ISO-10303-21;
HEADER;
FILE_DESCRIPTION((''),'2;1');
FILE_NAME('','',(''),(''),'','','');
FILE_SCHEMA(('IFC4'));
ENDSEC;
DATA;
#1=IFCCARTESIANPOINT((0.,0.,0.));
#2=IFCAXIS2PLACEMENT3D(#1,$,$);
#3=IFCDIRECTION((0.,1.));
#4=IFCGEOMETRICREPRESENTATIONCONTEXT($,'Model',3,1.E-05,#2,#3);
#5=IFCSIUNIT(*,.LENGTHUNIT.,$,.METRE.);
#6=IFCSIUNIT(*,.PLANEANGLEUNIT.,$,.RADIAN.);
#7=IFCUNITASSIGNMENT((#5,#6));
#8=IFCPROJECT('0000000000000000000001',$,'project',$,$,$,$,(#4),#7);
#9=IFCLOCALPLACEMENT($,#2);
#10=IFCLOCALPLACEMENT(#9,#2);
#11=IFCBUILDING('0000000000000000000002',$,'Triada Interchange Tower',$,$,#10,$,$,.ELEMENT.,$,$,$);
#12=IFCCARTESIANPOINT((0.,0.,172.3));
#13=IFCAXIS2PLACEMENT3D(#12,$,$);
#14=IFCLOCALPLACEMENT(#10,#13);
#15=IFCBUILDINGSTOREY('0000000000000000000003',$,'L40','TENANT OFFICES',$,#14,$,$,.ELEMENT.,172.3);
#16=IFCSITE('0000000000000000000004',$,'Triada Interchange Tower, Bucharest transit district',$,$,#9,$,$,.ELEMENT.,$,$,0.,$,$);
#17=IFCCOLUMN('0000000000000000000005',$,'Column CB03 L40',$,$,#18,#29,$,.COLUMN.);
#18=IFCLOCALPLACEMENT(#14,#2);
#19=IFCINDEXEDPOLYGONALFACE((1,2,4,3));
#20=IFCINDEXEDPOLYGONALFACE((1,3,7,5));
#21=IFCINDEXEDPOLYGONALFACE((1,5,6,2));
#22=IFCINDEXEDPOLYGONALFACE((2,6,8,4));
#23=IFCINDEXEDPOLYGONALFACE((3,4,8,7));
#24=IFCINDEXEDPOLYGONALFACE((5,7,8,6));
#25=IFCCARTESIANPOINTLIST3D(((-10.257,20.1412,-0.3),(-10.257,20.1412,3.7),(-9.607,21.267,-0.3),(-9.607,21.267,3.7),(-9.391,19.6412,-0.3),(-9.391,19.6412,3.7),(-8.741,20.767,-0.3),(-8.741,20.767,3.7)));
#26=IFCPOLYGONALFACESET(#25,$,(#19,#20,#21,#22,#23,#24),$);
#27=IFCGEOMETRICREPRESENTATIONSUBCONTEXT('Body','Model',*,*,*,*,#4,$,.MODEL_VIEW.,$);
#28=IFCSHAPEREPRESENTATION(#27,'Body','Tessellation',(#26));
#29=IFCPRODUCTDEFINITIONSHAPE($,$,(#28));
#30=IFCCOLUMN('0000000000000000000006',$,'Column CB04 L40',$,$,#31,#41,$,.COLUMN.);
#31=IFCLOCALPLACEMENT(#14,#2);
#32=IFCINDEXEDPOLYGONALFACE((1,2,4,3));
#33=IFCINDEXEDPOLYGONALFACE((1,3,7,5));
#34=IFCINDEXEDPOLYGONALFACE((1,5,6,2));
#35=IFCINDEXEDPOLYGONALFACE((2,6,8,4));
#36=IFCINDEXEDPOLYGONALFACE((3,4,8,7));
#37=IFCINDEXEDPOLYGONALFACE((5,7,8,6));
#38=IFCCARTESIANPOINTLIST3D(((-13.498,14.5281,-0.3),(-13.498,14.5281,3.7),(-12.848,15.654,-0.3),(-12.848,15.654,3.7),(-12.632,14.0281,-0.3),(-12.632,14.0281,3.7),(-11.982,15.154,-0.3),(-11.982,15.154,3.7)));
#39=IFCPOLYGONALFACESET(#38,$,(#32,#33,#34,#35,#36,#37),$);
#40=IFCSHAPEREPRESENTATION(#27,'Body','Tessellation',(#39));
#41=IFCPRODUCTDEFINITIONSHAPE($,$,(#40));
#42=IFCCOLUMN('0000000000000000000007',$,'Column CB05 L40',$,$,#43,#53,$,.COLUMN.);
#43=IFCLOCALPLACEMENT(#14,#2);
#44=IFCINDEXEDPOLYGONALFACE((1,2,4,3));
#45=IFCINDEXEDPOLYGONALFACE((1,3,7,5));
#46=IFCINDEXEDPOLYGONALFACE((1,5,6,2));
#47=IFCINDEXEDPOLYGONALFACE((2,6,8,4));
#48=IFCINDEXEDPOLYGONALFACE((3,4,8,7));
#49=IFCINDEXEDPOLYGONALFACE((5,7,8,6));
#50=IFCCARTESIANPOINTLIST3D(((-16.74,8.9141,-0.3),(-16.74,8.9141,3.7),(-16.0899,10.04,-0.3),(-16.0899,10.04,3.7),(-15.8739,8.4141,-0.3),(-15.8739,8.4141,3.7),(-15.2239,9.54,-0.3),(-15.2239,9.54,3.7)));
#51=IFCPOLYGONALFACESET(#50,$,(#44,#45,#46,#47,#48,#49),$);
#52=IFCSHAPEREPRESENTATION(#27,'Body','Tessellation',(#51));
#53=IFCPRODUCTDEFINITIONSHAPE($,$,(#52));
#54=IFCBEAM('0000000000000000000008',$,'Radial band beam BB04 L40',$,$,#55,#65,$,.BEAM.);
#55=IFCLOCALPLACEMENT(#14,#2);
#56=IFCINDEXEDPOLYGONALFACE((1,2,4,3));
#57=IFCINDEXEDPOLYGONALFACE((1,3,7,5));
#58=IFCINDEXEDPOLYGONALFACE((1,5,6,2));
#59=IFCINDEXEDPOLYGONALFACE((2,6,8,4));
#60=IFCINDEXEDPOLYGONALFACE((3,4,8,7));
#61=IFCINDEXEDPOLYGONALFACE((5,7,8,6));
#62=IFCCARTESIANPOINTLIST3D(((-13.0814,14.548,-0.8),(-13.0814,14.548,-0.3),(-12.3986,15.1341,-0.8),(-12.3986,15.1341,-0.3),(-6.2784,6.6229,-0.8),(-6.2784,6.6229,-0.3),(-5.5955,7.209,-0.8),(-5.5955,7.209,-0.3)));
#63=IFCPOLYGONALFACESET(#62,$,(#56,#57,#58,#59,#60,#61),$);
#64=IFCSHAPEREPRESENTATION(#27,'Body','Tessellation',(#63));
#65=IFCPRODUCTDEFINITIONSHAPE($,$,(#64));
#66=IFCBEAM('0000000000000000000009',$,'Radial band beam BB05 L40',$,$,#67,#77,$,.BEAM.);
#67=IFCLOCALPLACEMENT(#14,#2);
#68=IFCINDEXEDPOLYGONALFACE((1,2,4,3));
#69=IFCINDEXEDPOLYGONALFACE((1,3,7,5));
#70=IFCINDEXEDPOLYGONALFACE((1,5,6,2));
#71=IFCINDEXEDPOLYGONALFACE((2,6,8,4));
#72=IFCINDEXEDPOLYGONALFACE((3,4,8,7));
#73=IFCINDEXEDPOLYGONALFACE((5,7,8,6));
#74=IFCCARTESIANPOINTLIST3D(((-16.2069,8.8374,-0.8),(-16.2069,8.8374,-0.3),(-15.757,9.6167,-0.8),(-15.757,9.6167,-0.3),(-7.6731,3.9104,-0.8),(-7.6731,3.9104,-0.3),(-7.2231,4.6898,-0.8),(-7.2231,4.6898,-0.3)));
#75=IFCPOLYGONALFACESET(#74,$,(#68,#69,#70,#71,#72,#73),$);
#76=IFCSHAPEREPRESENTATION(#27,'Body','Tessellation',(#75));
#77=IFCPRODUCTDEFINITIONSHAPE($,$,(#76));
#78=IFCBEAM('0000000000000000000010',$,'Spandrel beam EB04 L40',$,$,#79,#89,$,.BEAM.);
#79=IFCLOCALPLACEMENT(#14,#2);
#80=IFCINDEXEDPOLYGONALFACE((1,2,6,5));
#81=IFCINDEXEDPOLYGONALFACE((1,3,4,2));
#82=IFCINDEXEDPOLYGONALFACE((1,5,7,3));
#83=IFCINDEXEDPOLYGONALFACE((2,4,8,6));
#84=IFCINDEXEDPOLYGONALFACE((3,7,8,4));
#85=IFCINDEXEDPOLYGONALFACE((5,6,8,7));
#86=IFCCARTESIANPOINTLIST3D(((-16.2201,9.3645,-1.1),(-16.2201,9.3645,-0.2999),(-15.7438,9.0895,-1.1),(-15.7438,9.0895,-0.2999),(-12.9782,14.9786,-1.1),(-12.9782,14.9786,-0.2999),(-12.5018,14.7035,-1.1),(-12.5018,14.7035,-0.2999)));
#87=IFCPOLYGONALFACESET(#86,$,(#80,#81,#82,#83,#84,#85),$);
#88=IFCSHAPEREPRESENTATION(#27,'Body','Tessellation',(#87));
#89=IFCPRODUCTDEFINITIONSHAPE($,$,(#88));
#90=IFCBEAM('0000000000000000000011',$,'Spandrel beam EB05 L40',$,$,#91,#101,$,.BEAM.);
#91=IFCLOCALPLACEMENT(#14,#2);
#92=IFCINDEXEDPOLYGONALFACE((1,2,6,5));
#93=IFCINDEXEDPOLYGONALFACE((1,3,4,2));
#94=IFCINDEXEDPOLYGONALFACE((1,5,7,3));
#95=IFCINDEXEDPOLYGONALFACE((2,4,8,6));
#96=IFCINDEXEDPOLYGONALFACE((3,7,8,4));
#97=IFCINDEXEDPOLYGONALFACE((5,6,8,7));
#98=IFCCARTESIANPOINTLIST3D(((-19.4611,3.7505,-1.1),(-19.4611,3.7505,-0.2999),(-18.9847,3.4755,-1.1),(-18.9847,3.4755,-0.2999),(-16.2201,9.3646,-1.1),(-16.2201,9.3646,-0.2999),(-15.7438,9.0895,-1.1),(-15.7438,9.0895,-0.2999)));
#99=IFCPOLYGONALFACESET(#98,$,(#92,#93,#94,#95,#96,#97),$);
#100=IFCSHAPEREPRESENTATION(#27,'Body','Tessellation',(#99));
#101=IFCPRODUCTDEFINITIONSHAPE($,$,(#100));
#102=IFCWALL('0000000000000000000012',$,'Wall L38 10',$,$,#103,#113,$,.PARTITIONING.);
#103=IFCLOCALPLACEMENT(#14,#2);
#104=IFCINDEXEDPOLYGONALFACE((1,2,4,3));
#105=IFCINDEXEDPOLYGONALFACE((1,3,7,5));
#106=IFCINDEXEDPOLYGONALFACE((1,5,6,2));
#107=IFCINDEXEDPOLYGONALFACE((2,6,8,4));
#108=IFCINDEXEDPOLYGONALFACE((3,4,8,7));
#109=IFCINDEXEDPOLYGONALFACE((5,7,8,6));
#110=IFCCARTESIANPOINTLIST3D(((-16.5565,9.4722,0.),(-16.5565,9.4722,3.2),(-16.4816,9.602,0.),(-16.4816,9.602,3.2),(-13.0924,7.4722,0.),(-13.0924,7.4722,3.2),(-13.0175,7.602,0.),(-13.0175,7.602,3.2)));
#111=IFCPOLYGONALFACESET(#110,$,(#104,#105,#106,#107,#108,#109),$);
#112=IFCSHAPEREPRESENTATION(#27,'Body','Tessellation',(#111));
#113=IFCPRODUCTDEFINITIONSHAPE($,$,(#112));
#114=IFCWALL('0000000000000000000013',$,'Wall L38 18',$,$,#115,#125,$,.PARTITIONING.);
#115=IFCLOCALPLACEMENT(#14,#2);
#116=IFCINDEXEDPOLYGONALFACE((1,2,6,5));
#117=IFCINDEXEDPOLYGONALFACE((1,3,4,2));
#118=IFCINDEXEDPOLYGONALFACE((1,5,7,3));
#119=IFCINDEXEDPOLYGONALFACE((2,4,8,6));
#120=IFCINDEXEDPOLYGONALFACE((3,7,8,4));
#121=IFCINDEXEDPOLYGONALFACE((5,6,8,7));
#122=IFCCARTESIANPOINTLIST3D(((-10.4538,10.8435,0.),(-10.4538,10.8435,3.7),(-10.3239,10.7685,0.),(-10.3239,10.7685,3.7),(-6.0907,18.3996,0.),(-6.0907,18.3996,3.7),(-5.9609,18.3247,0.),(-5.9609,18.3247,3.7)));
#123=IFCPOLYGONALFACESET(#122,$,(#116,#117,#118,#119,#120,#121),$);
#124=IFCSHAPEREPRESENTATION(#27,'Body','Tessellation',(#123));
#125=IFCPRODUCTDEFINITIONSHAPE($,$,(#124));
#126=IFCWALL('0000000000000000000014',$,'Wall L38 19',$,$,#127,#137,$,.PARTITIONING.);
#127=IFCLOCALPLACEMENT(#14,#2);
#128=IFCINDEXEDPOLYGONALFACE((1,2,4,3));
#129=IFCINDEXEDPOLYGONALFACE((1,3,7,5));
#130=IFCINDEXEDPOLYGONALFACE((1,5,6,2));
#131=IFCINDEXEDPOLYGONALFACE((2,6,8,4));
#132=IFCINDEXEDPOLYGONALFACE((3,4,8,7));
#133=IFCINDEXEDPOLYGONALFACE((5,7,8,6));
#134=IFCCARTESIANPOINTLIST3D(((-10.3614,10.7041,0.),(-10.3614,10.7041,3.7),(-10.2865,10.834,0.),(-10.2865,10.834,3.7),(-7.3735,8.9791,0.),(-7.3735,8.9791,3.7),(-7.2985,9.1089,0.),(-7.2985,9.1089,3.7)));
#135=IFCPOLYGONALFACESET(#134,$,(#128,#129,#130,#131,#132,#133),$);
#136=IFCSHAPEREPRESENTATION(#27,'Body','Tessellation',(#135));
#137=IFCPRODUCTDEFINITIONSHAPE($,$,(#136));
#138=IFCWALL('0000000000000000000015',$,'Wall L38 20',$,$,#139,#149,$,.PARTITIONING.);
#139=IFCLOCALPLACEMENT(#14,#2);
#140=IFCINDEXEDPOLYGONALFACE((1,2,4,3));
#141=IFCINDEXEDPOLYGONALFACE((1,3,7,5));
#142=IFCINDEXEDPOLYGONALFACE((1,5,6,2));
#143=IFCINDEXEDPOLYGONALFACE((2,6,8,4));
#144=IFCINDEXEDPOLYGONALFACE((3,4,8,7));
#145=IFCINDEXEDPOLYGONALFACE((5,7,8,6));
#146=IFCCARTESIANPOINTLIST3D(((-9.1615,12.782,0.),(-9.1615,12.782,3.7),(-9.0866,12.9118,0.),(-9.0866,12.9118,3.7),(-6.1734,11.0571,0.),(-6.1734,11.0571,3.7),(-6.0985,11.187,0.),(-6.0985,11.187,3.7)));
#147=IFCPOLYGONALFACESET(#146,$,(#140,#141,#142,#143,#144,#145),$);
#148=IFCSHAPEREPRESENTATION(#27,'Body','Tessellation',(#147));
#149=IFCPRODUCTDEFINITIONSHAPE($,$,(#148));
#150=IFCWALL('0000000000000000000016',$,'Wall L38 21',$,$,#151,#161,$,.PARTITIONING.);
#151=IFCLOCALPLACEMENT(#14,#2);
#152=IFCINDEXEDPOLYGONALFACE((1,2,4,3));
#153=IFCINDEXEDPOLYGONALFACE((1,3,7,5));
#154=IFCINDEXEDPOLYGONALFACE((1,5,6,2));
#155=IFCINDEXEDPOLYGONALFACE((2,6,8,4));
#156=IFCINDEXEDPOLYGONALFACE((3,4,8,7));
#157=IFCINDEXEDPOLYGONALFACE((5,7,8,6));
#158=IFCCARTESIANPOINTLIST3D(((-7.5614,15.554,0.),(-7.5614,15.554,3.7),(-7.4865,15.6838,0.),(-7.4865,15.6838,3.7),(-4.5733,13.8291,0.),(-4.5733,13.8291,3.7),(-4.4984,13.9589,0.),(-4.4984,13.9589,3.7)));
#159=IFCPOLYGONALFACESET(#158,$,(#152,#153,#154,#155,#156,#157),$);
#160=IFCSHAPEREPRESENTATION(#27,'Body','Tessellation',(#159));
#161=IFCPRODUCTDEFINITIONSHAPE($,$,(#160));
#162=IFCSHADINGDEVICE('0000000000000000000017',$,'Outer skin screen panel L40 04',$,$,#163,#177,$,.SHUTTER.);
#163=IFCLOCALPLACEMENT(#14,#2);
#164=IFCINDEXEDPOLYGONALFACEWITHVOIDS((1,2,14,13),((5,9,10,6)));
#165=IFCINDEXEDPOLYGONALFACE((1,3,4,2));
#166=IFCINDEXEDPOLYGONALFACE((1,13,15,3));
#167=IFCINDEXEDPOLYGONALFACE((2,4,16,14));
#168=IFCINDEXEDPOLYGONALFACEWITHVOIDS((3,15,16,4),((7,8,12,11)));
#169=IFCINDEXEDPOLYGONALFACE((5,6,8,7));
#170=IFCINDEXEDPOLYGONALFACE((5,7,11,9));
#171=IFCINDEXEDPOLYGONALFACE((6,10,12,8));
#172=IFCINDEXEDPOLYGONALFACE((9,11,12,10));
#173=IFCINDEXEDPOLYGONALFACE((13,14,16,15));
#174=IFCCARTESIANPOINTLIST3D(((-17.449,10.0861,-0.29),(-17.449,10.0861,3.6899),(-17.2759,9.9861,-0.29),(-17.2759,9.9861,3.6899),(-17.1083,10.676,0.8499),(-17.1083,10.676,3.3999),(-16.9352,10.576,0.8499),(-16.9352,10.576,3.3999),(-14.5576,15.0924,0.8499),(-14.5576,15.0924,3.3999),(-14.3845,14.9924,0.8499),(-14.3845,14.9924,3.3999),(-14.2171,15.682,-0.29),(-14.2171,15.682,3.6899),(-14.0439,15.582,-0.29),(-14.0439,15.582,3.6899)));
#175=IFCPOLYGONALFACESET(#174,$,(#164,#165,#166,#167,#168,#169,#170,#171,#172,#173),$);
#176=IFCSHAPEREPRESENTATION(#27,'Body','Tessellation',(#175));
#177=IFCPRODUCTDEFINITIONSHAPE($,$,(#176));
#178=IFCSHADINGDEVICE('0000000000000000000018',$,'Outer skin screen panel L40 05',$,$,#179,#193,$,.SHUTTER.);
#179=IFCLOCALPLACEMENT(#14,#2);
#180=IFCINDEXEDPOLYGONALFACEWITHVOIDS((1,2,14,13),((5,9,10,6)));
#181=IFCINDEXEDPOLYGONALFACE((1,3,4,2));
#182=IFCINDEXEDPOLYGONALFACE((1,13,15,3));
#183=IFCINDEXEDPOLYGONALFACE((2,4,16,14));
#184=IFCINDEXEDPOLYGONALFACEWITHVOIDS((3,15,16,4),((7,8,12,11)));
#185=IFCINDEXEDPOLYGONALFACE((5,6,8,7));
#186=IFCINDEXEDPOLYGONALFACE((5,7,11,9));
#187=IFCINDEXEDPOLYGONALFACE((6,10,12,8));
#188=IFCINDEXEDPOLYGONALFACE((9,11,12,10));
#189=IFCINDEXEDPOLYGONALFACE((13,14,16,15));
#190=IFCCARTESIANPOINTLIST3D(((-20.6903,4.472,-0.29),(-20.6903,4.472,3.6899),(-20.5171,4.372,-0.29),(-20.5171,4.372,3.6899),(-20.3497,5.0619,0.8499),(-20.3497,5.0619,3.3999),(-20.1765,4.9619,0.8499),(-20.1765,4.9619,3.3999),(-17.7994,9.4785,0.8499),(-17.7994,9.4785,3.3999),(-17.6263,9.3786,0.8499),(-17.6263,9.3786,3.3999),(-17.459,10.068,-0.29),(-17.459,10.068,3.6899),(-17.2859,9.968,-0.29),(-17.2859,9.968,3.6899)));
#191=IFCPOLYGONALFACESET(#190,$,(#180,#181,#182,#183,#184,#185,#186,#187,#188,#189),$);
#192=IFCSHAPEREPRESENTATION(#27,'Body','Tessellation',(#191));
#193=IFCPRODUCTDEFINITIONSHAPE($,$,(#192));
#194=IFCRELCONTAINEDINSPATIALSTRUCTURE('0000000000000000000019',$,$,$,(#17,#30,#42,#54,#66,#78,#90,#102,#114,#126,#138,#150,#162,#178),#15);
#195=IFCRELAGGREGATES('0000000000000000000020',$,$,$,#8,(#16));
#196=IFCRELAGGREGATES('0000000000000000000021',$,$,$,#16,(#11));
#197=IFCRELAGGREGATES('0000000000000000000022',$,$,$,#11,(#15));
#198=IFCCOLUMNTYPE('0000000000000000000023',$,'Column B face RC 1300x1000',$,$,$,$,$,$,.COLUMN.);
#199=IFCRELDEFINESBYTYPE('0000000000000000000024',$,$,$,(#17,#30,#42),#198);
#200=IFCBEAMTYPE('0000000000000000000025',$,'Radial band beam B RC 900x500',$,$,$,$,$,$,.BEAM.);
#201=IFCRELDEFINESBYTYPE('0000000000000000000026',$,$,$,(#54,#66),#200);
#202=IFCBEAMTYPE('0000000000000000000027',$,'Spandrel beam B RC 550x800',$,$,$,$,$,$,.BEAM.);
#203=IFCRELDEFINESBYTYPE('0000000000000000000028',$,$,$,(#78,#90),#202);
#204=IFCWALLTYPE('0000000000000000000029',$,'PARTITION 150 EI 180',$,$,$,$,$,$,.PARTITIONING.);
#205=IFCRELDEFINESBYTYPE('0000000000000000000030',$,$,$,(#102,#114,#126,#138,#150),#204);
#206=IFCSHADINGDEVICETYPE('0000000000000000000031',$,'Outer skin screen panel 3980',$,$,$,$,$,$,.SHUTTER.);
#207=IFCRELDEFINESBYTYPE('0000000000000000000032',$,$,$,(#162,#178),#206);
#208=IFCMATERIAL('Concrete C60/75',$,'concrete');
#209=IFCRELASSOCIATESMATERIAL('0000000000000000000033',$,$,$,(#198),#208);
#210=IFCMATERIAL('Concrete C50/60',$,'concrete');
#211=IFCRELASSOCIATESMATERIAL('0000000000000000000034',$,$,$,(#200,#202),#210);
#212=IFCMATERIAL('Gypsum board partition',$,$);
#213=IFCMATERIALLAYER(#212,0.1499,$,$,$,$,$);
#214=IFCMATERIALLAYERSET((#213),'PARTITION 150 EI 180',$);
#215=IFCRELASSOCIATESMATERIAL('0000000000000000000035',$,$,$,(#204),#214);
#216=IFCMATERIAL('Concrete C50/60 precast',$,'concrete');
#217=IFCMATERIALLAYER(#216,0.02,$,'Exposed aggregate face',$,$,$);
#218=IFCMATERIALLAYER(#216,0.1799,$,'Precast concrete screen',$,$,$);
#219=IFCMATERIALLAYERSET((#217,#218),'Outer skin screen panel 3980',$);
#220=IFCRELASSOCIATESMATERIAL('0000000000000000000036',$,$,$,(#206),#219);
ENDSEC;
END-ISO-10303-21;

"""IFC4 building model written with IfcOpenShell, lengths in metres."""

from ifc_helpers import new_model, si_unit, direction, frame, frame_2d, origin, origin_2d, place, context, subcontext, project, spatial, polyline, rectangle, outline, extrude, material, layer, layer_set, material_profile, profile_set, type_object, element, save


model = new_model("IFC4")

# Units and contexts
model_context = context("Model", 3, precision=1e-05, world=origin(), true_north=direction((0.0, 1.0)))
body_context = subcontext(model_context, "Body", "Model", "MODEL_VIEW")
ifc_project = project(units=[si_unit("LENGTHUNIT", "METRE"), si_unit("PLANEANGLEUNIT", "RADIAN")], contexts=[model_context])

# Site, building, storey
site_placement = place(None, origin())
site = spatial("IfcSite", under=ifc_project, at=site_placement, Name="Triada Interchange Tower, Bucharest transit district", CompositionType="ELEMENT", RefElevation=0.0)
building_placement = place(site_placement, origin())
building = spatial("IfcBuilding", under=site, at=building_placement, Name="Triada Interchange Tower", CompositionType="ELEMENT")
storey_placement = place(building_placement, frame((0.0, 0.0, 172.3)))
storey = spatial("IfcBuildingStorey", under=building, at=storey_placement, Name="L40", Description="TENANT OFFICES", CompositionType="ELEMENT", Elevation=172.3)

# Columns
ifc_material_1 = material(Name="Concrete C60/75", Category="concrete")
ifc_material_profile_1 = material_profile(ifc_material_1, rectangle(XDim=1.3, YDim=1.0, at=origin_2d()), Name="RC 1300x1000")
ifc_profile_set_1 = profile_set([ifc_material_profile_1], Name="Concrete C60/75")
column_type = type_object("IfcColumnType", Name="Column B face RC 1300x1000", PredefinedType="COLUMN", material=ifc_profile_set_1)
for number, where, z_axis, x_axis, name in (
    (1, (-9.499, 20.4541, -0.3), (0.0, 0.0, 1.0), (0.5, 0.866025, 0.0), "Column CB03 L40"),
    (2, (-12.74, 14.8411, -0.3), (0.0, 0.0, 1.0), (0.5, 0.866025, 0.0), "Column CB04 L40"),
    (3, (-15.9819, 9.2271, -0.3), (0.0, 0.0, 1.0), (0.5, 0.866025, 0.0), "Column CB05 L40"),
):
    element("IfcColumn", number, at=place(storey_placement, frame(where, z_axis=z_axis, x_axis=x_axis)), inside=storey, type_object=column_type, Name=name, PredefinedType="COLUMN", context=body_context, shape_type="SweptSolid", body=[
        extrude(rectangle(XDim=1.3, YDim=1.0, at=origin_2d()), origin(), (0.0, 0.0, 1.0), 4.0),
    ])

# Beams
ifc_material_2 = material(Name="Concrete C50/60", Category="concrete")
ifc_material_profile_2 = material_profile(ifc_material_2, rectangle(XDim=0.8999, YDim=0.5, at=origin_2d()), Name="RC 900x500")
ifc_profile_set_2 = profile_set([ifc_material_profile_2], Name="Concrete C50/60")
beam_type_1 = type_object("IfcBeamType", Name="Radial band beam B RC 900x500", PredefinedType="BEAM", material=ifc_profile_set_2)
beam_1_placement = place(storey_placement, frame((-12.74, 14.8411, -0.55), z_axis=(0.651348, -0.75878, 0.0), x_axis=(0.75878, 0.651348, 0.0)))
element("IfcBeam", 4, at=beam_1_placement, inside=storey, type_object=beam_type_1, Name="Radial band beam BB04 L40", PredefinedType="BEAM", context=body_context, shape_type="SweptSolid", body=[
    extrude(rectangle(XDim=0.8999, YDim=0.5, at=origin_2d()), origin(), (0.0, 0.0, 1.0), 10.4446),
])
beam_2_placement = place(storey_placement, frame((-15.9819, 9.2271, -0.55), z_axis=(0.866028, -0.499995, 0.0), x_axis=(0.499995, 0.866028, 0.0)))
element("IfcBeam", 5, at=beam_2_placement, inside=storey, type_object=beam_type_1, Name="Radial band beam BB05 L40", PredefinedType="BEAM", context=body_context, shape_type="SweptSolid", body=[
    extrude(rectangle(XDim=0.8999, YDim=0.5, at=origin_2d()), origin(), (0.0, 0.0, 1.0), 9.854),
])
ifc_material_profile_3 = material_profile(ifc_material_2, rectangle(XDim=0.55, YDim=0.8, at=origin_2d()), Name="RC 550x800")
ifc_profile_set_3 = profile_set([ifc_material_profile_3], Name="Concrete C50/60")
beam_type_2 = type_object("IfcBeamType", Name="Spandrel beam B RC 550x800", PredefinedType="BEAM", material=ifc_profile_set_3)
beam_3_placement = place(storey_placement, frame((-12.74, 14.8411, -0.7), z_axis=(-0.50008, -0.865979, 0.0), x_axis=(0.865979, -0.50008, 0.0)))
element("IfcBeam", 6, at=beam_3_placement, inside=storey, type_object=beam_type_2, Name="Spandrel beam EB04 L40", PredefinedType="BEAM", context=body_context, shape_type="SweptSolid", body=[
    extrude(rectangle(XDim=0.55, YDim=0.8, at=origin_2d()), origin(), (0.0, 0.0, 1.0), 6.4829),
])
beam_4_placement = place(storey_placement, frame((-15.9819, 9.2271, -0.7), z_axis=(-0.499967, -0.866044, 0.0), x_axis=(0.866044, -0.499967, 0.0)))
element("IfcBeam", 7, at=beam_4_placement, inside=storey, type_object=beam_type_2, Name="Spandrel beam EB05 L40", PredefinedType="BEAM", context=body_context, shape_type="SweptSolid", body=[
    extrude(rectangle(XDim=0.55, YDim=0.8, at=origin_2d()), origin(), (0.0, 0.0, 1.0), 6.4824),
])

# Walls
ifc_material_3 = material(Name="Gypsum board partition")
ifc_layer_1 = layer(ifc_material_3, 0.1499)
ifc_layer_set_1 = layer_set([ifc_layer_1], Name="PARTITION 150 EI 180")
wall_type_1 = type_object("IfcWallType", Name="PARTITION 150 EI 180", PredefinedType="PARTITIONING", material=ifc_layer_set_1)
wall_1_placement = place(storey_placement, frame((-16.519, 9.5371, 0.0), z_axis=(0.0, 0.0, 1.0), x_axis=(0.866026, -0.499999, 0.0)))
element("IfcWall", 8, at=wall_1_placement, inside=storey, type_object=wall_type_1, Name="Wall L38 10", PredefinedType="PARTITIONING", context=body_context, shape_type="SweptSolid", body=[
    extrude(rectangle(XDim=4.0, YDim=0.1499, at=frame_2d((2.0, 0.0))), origin(), (0.0, 0.0, 1.0), 3.2),
])
wall_2_placement = place(storey_placement, frame((-10.3889, 10.8059, 0.0), z_axis=(0.0, 0.0, 1.0), x_axis=(0.500042, 0.866001, 0.0)))
element("IfcWall", 9, at=wall_2_placement, inside=storey, type_object=wall_type_1, Name="Wall L38 18", PredefinedType="PARTITIONING", context=body_context, shape_type="SweptSolid", body=[
    extrude(rectangle(XDim=8.7253, YDim=0.1499, at=frame_2d((4.3628, 0.0))), origin(), (0.0, 0.0, 1.0), 3.7),
])
for number, where, z_axis, x_axis, name in (
    (10, (-10.324, 10.769, 0.0), (0.0, 0.0, 1.0), (0.866031, -0.49999, 0.0), "Wall L38 19"),
    (11, (-9.124, 12.8469, 0.0), (0.0, 0.0, 1.0), (0.866062, -0.499937, 0.0), "Wall L38 20"),
    (12, (-7.5239, 15.6189, 0.0), (0.0, 0.0, 1.0), (0.866062, -0.499937, 0.0), "Wall L38 21"),
):
    element("IfcWall", number, at=place(storey_placement, frame(where, z_axis=z_axis, x_axis=x_axis)), inside=storey, type_object=wall_type_1, Name=name, PredefinedType="PARTITIONING", context=body_context, shape_type="SweptSolid", body=[
        extrude(rectangle(XDim=3.4502, YDim=0.1499, at=frame_2d((1.7251, 0.0))), origin(), (0.0, 0.0, 1.0), 3.7),
    ])

# Shading devices
ifc_material_4 = material(Name="Concrete C50/60 precast", Category="concrete")
ifc_layer_2 = layer(ifc_material_4, 0.02, Name="Exposed aggregate face")
ifc_layer_3 = layer(ifc_material_4, 0.1799, Name="Precast concrete screen")
ifc_layer_set_2 = layer_set([ifc_layer_2, ifc_layer_3], Name="Outer skin screen panel 3980")
shading_device_type = type_object("IfcShadingDeviceType", Name="Outer skin screen panel 3980", PredefinedType="SHUTTER", material=ifc_layer_set_2)
shading_device_1_placement = place(storey_placement, frame((-14.0439, 15.582, -0.29), z_axis=(0.0, 0.0, 1.0), x_axis=(-0.500129, -0.865951, 0.0)))
element("IfcShadingDevice", 13, at=shading_device_1_placement, inside=storey, type_object=shading_device_type, Name="Outer skin screen panel L40 04", PredefinedType="SHUTTER", context=body_context, shape_type="SweptSolid", body=[
    extrude(outline(polyline([(0.0, 0.0), (6.4622, 0.0), (6.4622, 3.98), (0.0, 3.98), (0.0, 0.0)]), holes=[polyline([(0.6809, 1.1399), (0.6809, 3.6899), (5.781, 3.6899), (5.781, 1.1399), (0.6809, 1.1399)])]), frame((0.0, 0.0, 0.0), z_axis=(0.0, -1.0, 0.0), x_axis=(1.0, 0.0, 0.0)), (0.0, 0.0, 1.0), 0.2),
])
shading_device_2_placement = place(storey_placement, frame((-17.2859, 9.968, -0.29), z_axis=(0.0, 0.0, 1.0), x_axis=(-0.500044, -0.866, 0.0)))
element("IfcShadingDevice", 14, at=shading_device_2_placement, inside=storey, type_object=shading_device_type, Name="Outer skin screen panel L40 05", PredefinedType="SHUTTER", context=body_context, shape_type="SweptSolid", body=[
    extrude(outline(polyline([(0.0, 0.0), (6.4619, 0.0), (6.4619, 3.98), (0.0, 3.98), (0.0, 0.0)]), holes=[polyline([(0.6807, 1.1399), (0.6807, 3.6899), (5.7808, 3.6899), (5.7808, 1.1399), (0.6807, 1.1399)])]), frame((0.0, 0.0, 0.0), z_axis=(0.0, -1.0, 0.0), x_axis=(1.0, 0.0, 0.0)), (0.0, 0.0, 1.0), 0.2),
])

save(model, "model.ifc")
